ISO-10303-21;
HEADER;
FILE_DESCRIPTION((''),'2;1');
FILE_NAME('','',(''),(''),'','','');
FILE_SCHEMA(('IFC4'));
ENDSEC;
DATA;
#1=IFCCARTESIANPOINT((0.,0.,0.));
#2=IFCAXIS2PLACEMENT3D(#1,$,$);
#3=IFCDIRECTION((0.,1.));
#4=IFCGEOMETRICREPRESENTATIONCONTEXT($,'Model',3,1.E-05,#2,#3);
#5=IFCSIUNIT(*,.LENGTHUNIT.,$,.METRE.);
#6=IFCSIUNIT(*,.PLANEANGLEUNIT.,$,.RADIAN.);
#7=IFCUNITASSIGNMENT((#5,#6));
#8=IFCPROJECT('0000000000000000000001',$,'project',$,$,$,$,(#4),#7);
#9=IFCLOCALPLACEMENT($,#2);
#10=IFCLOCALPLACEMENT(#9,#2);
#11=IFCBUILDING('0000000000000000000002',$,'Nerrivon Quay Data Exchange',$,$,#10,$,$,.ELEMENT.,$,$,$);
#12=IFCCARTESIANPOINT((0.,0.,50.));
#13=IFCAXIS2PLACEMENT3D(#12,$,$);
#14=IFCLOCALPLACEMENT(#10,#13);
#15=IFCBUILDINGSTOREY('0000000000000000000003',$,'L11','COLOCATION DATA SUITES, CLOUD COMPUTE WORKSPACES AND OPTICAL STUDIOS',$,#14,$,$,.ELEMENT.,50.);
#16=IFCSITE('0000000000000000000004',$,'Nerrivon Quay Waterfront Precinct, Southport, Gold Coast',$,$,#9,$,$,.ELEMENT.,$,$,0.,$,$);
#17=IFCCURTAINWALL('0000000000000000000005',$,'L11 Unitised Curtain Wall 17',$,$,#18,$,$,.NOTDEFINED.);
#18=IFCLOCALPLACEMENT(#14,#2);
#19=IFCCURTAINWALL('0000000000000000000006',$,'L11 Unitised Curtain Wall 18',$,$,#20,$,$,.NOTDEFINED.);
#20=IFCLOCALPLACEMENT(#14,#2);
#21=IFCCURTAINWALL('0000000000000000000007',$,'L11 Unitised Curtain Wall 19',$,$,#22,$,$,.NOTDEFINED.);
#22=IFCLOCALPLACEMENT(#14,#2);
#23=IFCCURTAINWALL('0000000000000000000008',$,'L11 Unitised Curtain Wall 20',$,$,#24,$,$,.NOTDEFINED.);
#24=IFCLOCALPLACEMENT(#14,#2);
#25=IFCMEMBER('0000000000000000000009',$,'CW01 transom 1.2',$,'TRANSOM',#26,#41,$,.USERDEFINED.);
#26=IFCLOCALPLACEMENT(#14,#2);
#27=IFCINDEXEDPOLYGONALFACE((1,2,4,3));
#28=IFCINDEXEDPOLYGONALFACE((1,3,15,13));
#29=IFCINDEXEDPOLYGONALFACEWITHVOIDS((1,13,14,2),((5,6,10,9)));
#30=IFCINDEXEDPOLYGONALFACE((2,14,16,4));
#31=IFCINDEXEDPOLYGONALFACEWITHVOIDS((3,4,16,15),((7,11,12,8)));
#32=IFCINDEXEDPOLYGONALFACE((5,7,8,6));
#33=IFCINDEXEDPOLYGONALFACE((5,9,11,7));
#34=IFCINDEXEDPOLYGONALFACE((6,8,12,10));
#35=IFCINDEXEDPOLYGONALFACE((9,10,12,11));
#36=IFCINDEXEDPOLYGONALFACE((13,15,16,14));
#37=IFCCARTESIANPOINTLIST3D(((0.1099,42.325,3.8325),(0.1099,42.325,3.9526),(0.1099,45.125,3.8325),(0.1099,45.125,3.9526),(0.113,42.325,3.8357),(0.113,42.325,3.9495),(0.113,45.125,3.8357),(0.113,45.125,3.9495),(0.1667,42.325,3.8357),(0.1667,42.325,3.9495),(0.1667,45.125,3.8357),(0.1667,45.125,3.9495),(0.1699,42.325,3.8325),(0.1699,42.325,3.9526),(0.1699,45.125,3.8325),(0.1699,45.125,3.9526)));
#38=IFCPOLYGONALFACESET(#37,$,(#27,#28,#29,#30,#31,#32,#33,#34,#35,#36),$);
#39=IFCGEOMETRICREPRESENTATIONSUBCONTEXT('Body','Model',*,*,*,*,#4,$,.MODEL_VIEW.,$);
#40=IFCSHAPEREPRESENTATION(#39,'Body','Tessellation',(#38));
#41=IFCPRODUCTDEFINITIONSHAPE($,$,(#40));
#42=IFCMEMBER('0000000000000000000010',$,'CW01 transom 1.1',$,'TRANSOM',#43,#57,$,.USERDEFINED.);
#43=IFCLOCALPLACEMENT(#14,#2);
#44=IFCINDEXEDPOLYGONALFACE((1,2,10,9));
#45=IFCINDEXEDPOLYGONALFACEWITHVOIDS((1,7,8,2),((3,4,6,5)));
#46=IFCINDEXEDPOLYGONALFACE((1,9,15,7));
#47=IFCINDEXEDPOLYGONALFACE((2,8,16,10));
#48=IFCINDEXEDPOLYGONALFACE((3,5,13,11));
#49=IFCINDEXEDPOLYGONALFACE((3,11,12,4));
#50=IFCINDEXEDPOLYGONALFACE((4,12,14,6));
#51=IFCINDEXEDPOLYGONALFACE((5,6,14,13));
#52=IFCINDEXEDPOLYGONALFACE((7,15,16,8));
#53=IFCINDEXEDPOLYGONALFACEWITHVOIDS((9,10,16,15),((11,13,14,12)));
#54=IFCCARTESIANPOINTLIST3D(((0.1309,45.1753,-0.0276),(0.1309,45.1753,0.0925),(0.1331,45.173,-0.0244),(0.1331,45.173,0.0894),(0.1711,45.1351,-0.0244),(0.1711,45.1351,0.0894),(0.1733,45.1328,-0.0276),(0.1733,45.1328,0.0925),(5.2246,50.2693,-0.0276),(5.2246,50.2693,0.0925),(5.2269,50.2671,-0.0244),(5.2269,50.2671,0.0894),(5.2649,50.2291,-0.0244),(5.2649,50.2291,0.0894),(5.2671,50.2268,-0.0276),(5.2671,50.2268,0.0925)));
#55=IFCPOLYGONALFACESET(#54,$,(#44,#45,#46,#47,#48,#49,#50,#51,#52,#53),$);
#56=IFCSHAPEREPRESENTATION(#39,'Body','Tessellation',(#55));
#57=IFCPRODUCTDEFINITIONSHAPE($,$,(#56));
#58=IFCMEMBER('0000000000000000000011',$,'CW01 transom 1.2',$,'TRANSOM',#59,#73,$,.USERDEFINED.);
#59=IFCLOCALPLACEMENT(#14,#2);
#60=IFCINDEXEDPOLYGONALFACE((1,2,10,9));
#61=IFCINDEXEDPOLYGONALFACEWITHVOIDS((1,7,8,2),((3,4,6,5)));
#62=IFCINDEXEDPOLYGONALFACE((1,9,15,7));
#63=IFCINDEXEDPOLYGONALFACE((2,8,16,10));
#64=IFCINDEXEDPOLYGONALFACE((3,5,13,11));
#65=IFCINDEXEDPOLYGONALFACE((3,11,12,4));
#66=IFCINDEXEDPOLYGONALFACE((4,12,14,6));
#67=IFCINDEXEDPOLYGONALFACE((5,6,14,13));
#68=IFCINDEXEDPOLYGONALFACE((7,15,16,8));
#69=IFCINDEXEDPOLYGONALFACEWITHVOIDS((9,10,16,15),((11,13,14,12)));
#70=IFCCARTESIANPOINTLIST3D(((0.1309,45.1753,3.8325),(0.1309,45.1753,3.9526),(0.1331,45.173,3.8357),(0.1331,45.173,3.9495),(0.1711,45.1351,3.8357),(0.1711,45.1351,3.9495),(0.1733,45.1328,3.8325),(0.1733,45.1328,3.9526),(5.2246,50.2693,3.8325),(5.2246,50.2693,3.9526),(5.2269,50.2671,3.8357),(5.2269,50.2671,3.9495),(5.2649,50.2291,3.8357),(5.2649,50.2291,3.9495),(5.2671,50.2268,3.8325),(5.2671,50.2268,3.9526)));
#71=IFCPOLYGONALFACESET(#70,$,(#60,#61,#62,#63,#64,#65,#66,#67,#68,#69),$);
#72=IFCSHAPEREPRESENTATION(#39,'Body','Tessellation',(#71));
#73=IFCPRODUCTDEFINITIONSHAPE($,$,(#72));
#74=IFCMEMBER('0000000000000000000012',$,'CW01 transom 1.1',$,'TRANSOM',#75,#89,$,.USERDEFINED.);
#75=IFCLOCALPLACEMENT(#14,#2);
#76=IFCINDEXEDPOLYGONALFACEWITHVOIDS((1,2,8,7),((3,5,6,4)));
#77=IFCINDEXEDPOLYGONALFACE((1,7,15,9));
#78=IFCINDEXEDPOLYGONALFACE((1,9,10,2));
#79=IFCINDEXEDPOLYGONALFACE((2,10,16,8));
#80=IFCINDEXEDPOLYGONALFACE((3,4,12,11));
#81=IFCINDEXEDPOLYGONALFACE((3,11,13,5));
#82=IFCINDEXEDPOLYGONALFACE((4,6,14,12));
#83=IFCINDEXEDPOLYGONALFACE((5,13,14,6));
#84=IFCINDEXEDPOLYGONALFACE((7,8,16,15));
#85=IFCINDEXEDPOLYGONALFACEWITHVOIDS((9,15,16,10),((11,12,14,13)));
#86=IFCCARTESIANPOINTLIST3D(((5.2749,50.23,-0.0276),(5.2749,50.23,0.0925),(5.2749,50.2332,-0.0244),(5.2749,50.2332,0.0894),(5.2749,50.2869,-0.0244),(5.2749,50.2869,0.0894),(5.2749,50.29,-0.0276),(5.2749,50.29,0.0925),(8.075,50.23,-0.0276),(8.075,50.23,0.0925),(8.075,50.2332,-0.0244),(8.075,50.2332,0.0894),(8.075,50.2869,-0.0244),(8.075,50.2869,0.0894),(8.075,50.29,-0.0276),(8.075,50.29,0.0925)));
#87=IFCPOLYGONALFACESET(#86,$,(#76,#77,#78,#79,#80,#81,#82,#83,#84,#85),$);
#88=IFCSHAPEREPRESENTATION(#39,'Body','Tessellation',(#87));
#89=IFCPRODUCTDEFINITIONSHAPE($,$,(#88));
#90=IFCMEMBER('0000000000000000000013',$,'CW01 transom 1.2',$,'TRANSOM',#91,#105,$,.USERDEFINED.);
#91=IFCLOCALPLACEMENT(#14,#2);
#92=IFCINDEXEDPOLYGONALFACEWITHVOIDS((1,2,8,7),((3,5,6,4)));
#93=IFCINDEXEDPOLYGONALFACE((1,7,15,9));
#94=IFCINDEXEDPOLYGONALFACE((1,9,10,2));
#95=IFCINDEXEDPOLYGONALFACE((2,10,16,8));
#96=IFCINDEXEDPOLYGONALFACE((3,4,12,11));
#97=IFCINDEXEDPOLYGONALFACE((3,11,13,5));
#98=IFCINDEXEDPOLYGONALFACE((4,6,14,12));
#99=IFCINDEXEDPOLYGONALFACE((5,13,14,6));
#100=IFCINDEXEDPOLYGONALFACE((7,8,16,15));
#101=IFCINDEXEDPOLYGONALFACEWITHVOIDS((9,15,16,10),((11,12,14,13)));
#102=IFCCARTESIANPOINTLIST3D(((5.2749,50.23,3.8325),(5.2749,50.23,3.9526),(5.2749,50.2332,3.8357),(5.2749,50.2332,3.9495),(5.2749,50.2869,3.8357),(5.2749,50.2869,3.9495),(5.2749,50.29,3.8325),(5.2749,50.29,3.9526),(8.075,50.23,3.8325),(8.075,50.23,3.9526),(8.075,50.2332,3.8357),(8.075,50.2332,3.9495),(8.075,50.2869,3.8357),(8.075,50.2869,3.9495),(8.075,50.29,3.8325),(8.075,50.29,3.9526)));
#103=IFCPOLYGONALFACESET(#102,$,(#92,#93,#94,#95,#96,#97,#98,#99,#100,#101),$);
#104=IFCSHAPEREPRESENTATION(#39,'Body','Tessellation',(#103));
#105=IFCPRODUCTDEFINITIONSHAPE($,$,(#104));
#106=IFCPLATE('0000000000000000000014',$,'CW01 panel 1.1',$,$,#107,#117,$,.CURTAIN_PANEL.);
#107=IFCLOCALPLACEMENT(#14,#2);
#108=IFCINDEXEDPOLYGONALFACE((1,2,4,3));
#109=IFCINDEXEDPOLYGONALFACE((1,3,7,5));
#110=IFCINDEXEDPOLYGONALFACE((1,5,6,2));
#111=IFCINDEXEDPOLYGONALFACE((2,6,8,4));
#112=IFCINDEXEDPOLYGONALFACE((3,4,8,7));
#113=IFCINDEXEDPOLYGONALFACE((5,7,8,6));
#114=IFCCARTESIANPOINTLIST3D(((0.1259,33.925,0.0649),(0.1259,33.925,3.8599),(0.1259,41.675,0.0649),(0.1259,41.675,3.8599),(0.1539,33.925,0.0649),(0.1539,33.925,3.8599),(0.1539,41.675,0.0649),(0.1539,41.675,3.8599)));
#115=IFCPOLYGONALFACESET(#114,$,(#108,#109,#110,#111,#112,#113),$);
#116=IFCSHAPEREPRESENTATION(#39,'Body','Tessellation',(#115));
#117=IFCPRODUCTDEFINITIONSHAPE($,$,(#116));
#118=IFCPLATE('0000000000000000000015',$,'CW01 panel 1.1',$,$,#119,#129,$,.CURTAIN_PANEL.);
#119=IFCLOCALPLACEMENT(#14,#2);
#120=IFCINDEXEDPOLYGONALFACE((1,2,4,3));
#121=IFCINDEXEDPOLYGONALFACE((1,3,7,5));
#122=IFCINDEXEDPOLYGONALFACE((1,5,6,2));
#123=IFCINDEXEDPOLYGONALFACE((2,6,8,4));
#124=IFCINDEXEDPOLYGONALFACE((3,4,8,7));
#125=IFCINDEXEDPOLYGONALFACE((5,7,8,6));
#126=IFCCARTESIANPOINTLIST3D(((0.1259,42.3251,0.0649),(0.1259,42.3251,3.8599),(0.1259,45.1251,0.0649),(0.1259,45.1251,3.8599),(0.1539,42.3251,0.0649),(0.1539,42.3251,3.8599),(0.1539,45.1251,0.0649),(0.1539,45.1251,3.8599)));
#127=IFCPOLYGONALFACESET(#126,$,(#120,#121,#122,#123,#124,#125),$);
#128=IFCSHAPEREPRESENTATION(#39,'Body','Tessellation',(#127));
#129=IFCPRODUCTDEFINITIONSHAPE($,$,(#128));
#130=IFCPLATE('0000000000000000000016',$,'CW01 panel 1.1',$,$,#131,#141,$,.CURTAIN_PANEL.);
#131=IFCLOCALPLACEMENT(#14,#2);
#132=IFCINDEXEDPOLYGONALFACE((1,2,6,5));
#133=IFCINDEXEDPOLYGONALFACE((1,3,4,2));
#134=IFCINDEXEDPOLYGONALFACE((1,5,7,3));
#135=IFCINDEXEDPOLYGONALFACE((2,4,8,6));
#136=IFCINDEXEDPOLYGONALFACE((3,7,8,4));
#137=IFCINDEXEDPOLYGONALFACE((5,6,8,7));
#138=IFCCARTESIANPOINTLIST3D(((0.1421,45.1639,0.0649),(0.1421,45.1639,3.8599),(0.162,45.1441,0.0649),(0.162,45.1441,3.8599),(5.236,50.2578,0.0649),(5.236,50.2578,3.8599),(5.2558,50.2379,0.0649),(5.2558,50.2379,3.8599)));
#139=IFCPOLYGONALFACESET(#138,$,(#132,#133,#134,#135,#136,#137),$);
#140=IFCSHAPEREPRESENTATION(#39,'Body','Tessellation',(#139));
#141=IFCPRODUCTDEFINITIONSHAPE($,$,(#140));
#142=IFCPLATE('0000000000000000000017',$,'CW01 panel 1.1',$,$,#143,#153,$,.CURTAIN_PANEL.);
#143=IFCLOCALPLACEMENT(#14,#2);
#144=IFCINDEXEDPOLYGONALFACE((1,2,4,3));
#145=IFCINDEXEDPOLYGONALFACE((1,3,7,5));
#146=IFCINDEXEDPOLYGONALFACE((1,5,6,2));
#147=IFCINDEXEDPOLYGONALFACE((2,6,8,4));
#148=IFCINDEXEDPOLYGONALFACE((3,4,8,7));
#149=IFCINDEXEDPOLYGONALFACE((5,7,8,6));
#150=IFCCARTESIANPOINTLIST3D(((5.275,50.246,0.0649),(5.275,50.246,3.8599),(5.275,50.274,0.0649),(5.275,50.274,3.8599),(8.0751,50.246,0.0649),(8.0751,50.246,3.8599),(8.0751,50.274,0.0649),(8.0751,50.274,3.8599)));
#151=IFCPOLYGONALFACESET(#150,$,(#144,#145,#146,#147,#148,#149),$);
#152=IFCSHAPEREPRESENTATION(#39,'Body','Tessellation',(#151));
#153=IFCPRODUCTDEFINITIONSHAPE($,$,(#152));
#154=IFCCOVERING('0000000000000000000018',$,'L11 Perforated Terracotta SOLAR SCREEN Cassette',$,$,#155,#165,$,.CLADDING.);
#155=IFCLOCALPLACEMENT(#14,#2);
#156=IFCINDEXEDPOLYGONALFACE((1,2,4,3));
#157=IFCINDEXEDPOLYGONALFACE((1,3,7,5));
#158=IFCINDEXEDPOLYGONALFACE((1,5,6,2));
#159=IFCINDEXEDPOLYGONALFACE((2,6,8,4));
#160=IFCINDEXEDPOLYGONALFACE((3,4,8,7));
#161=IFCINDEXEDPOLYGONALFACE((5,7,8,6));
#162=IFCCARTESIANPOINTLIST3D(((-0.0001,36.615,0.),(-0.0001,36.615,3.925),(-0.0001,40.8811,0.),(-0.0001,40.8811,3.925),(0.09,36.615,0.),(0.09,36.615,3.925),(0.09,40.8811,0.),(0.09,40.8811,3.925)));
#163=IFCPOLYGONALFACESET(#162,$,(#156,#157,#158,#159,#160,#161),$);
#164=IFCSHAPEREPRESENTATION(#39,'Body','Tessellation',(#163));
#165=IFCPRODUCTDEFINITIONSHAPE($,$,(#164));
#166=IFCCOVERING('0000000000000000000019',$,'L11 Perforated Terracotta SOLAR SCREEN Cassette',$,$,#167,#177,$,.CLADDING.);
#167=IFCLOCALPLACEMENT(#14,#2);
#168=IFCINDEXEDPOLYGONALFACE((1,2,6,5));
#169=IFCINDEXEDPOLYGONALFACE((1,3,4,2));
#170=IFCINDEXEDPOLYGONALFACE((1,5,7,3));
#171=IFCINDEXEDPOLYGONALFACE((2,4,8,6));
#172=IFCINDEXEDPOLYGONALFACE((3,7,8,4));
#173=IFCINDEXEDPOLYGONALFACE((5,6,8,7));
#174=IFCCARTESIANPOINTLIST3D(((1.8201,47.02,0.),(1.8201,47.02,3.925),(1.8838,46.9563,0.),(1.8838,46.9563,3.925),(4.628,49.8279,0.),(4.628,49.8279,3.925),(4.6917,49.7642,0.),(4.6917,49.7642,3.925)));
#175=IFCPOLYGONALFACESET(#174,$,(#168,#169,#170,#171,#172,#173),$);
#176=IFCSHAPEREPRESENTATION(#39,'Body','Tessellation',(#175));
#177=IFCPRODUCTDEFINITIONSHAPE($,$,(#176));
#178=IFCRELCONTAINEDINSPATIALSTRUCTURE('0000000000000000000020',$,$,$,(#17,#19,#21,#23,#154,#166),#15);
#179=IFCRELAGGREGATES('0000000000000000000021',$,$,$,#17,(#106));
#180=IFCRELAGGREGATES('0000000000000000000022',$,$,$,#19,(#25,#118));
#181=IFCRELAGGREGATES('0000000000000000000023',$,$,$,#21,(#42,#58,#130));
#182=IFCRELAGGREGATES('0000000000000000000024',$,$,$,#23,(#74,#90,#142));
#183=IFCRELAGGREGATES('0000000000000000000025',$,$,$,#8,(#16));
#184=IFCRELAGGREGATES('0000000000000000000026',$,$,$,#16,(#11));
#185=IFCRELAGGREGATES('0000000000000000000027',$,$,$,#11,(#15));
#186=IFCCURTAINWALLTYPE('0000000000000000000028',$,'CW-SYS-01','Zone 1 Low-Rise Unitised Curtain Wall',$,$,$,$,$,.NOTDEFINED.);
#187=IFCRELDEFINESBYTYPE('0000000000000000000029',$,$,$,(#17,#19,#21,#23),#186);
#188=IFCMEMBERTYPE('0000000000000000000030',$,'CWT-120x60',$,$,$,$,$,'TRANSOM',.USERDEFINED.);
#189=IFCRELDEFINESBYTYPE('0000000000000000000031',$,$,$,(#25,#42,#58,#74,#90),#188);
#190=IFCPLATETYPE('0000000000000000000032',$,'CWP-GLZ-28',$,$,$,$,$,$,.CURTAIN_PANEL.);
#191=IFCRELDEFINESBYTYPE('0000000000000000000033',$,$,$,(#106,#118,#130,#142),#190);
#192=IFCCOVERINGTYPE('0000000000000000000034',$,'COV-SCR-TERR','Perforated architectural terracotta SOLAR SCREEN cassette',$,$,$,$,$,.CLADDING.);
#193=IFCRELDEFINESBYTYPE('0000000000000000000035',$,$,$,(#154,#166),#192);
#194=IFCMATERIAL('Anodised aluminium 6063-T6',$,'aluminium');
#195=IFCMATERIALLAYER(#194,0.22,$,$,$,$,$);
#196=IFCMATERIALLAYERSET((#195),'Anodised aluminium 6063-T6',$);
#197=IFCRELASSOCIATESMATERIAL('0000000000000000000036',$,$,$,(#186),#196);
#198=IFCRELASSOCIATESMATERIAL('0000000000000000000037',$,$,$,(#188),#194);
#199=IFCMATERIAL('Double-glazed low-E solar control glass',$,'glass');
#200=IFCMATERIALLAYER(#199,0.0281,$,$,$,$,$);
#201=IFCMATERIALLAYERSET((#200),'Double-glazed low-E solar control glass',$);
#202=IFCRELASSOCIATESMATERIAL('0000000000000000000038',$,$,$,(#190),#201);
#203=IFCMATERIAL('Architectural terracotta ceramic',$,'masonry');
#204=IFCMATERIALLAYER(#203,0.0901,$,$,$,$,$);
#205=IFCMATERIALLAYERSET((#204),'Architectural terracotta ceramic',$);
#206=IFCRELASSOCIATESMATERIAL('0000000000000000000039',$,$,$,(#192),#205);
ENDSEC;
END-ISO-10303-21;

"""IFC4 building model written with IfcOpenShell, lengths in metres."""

from ifc_helpers import new_model, si_unit, direction, frame, origin, origin_2d, place, context, subcontext, project, spatial, rectangle, hollow_rectangle, extrude, material, layer, layer_set, material_profile, profile_set, type_object, element, aggregate, save


model = new_model("IFC4")

# Units and contexts
model_context = context("Model", 3, precision=1e-05, world=origin(), true_north=direction((0.0, 1.0)))
body_context = subcontext(model_context, "Body", "Model", "MODEL_VIEW")
ifc_project = project(units=[si_unit("LENGTHUNIT", "METRE"), si_unit("PLANEANGLEUNIT", "RADIAN")], contexts=[model_context])

# Site, building, storey
site_placement = place(None, origin())
site = spatial("IfcSite", under=ifc_project, at=site_placement, Name="Nerrivon Quay Waterfront Precinct, Southport, Gold Coast", CompositionType="ELEMENT", RefElevation=0.0)
building_placement = place(site_placement, origin())
building = spatial("IfcBuilding", under=site, at=building_placement, Name="Nerrivon Quay Data Exchange", CompositionType="ELEMENT")
storey_placement = place(building_placement, frame((0.0, 0.0, 50.0)))
storey = spatial("IfcBuildingStorey", under=building, at=storey_placement, Name="L11", Description="COLOCATION DATA SUITES, CLOUD COMPUTE WORKSPACES AND OPTICAL STUDIOS", CompositionType="ELEMENT", Elevation=50.0)

# Curtain wall
ifc_material_1 = material(Name="Anodised aluminium 6063-T6", Category="aluminium")
ifc_layer_1 = layer(ifc_material_1, 0.22)
ifc_layer_set_1 = layer_set([ifc_layer_1], Name="Anodised aluminium 6063-T6")
curtain_wall_type = type_object("IfcCurtainWallType", Name="CW-SYS-01", Description="Zone 1 Low-Rise Unitised Curtain Wall", PredefinedType="NOTDEFINED", material=ifc_layer_set_1)
curtain_wall_1_placement = place(storey_placement, origin())
curtain_wall_1 = element("IfcCurtainWall", 1, at=curtain_wall_1_placement, inside=storey, type_object=curtain_wall_type, Name="L11 Unitised Curtain Wall 17", PredefinedType="NOTDEFINED")

# Curtain walls
curtain_wall_2_placement = place(storey_placement, origin())
curtain_wall_2 = element("IfcCurtainWall", 2, at=curtain_wall_2_placement, inside=storey, type_object=curtain_wall_type, Name="L11 Unitised Curtain Wall 18", PredefinedType="NOTDEFINED")
curtain_wall_3_placement = place(storey_placement, origin())
curtain_wall_3 = element("IfcCurtainWall", 3, at=curtain_wall_3_placement, inside=storey, type_object=curtain_wall_type, Name="L11 Unitised Curtain Wall 19", PredefinedType="NOTDEFINED")
curtain_wall_4_placement = place(storey_placement, origin())
curtain_wall_4 = element("IfcCurtainWall", 4, at=curtain_wall_4_placement, inside=storey, type_object=curtain_wall_type, Name="L11 Unitised Curtain Wall 20", PredefinedType="NOTDEFINED")

# Members
ifc_material_profile_1 = material_profile(ifc_material_1, hollow_rectangle(XDim=0.0601, YDim=0.1201, WallThickness=0.0032, at=origin_2d()), Name="ALU-TRAN-120x60")
ifc_profile_set_1 = profile_set([ifc_material_profile_1], Name="Anodised aluminium 6063-T6")
member_type_1 = type_object("IfcMemberType", Name="CWT-120x60", ElementType="TRANSOM", PredefinedType="USERDEFINED", material=ifc_profile_set_1)
member_1_placement = place(storey_placement, frame((0.1399, 42.325, 3.8926), z_axis=(0.0, 1.0, 0.0), x_axis=(-1.0, 0.0, 0.0)))
member_1 = element("IfcMember", 5, at=member_1_placement, type_object=member_type_1, Name="CW01 transom 1.2", ObjectType="TRANSOM", PredefinedType="USERDEFINED", context=body_context, shape_type="SweptSolid", body=[
    extrude(hollow_rectangle(XDim=0.0601, YDim=0.1201, WallThickness=0.0032, at=origin_2d()), origin(), (0.0, 0.0, 1.0), 2.8),
])
member_2_placement = place(storey_placement, frame((0.1521, 45.1541, 0.0325), z_axis=(0.70709, 0.707124, 0.0), x_axis=(-0.707124, 0.70709, 0.0)))
member_2 = element("IfcMember", 6, at=member_2_placement, type_object=member_type_1, Name="CW01 transom 1.1", ObjectType="TRANSOM", PredefinedType="USERDEFINED", context=body_context, shape_type="SweptSolid", body=[
    extrude(hollow_rectangle(XDim=0.0601, YDim=0.1201, WallThickness=0.0032, at=origin_2d()), origin(), (0.0, 0.0, 1.0), 7.2039),
])
member_3_placement = place(storey_placement, frame((0.1521, 45.1541, 3.8926), z_axis=(0.70709, 0.707124, 0.0), x_axis=(-0.707124, 0.70709, 0.0)))
member_3 = element("IfcMember", 7, at=member_3_placement, type_object=member_type_1, Name="CW01 transom 1.2", ObjectType="TRANSOM", PredefinedType="USERDEFINED", context=body_context, shape_type="SweptSolid", body=[
    extrude(hollow_rectangle(XDim=0.0601, YDim=0.1201, WallThickness=0.0032, at=origin_2d()), origin(), (0.0, 0.0, 1.0), 7.2039),
])
member_4_placement = place(storey_placement, frame((5.2749, 50.26, 0.0325), z_axis=(1.0, 0.0, 0.0), x_axis=(0.0, 1.0, 0.0)))
member_4 = element("IfcMember", 8, at=member_4_placement, type_object=member_type_1, Name="CW01 transom 1.1", ObjectType="TRANSOM", PredefinedType="USERDEFINED", context=body_context, shape_type="SweptSolid", body=[
    extrude(hollow_rectangle(XDim=0.0601, YDim=0.1201, WallThickness=0.0032, at=origin_2d()), origin(), (0.0, 0.0, 1.0), 2.8),
])
member_5_placement = place(storey_placement, frame((5.2749, 50.26, 3.8926), z_axis=(1.0, 0.0, 0.0), x_axis=(0.0, 1.0, 0.0)))
member_5 = element("IfcMember", 9, at=member_5_placement, type_object=member_type_1, Name="CW01 transom 1.2", ObjectType="TRANSOM", PredefinedType="USERDEFINED", context=body_context, shape_type="SweptSolid", body=[
    extrude(hollow_rectangle(XDim=0.0601, YDim=0.1201, WallThickness=0.0032, at=origin_2d()), origin(), (0.0, 0.0, 1.0), 2.8),
])

# Plates
ifc_material_2 = material(Name="Double-glazed low-E solar control glass", Category="glass")
ifc_layer_2 = layer(ifc_material_2, 0.0281)
ifc_layer_set_2 = layer_set([ifc_layer_2], Name="Double-glazed low-E solar control glass")
plate_type = type_object("IfcPlateType", Name="CWP-GLZ-28", PredefinedType="CURTAIN_PANEL", material=ifc_layer_set_2)
plate_1_placement = place(storey_placement, frame((0.1399, 37.8, 0.0649), z_axis=(0.0, 0.0, 1.0), x_axis=(0.0, 1.0, 0.0)))
plate_1 = element("IfcPlate", 10, at=plate_1_placement, type_object=plate_type, Name="CW01 panel 1.1", PredefinedType="CURTAIN_PANEL", context=body_context, shape_type="SweptSolid", body=[
    extrude(rectangle(XDim=7.75, YDim=0.0281, at=origin_2d()), origin(), (0.0, 0.0, 1.0), 3.7949),
])
aggregate(curtain_wall_1, [plate_1])
plate_2_placement = place(storey_placement, frame((0.1399, 43.7251, 0.0649), z_axis=(0.0, 0.0, 1.0), x_axis=(0.0, 1.0, 0.0)))
plate_2 = element("IfcPlate", 11, at=plate_2_placement, type_object=plate_type, Name="CW01 panel 1.1", PredefinedType="CURTAIN_PANEL", context=body_context, shape_type="SweptSolid", body=[
    extrude(rectangle(XDim=2.8, YDim=0.0281, at=origin_2d()), origin(), (0.0, 0.0, 1.0), 3.7949),
])
aggregate(curtain_wall_2, [member_1, plate_2])
plate_3_placement = place(storey_placement, frame((2.699, 47.7009, 0.0649), z_axis=(0.0, 0.0, 1.0), x_axis=(0.707107, 0.707107, 0.0)))
plate_3 = element("IfcPlate", 12, at=plate_3_placement, type_object=plate_type, Name="CW01 panel 1.1", PredefinedType="CURTAIN_PANEL", context=body_context, shape_type="SweptSolid", body=[
    extrude(rectangle(XDim=7.2039, YDim=0.0281, at=origin_2d()), origin(), (0.0, 0.0, 1.0), 3.7949),
])
aggregate(curtain_wall_3, [member_2, member_3, plate_3])
plate_4_placement = place(storey_placement, frame((6.675, 50.26, 0.0649), z_axis=(0.0, 0.0, 1.0), x_axis=(1.0, 0.0, 0.0)))
plate_4 = element("IfcPlate", 13, at=plate_4_placement, type_object=plate_type, Name="CW01 panel 1.1", PredefinedType="CURTAIN_PANEL", context=body_context, shape_type="SweptSolid", body=[
    extrude(rectangle(XDim=2.8, YDim=0.0281, at=origin_2d()), origin(), (0.0, 0.0, 1.0), 3.7949),
])
aggregate(curtain_wall_4, [member_4, member_5, plate_4])

# Coverings
ifc_material_3 = material(Name="Architectural terracotta ceramic", Category="masonry")
ifc_layer_3 = layer(ifc_material_3, 0.0901)
ifc_layer_set_3 = layer_set([ifc_layer_3], Name="Architectural terracotta ceramic")
covering_type = type_object("IfcCoveringType", Name="COV-SCR-TERR", Description="Perforated architectural terracotta SOLAR SCREEN cassette", PredefinedType="CLADDING", material=ifc_layer_set_3)
covering_1_placement = place(storey_placement, frame((0.0449, 38.748, 0.0), z_axis=(0.0, 0.0, 1.0), x_axis=(0.0, 1.0, 0.0)))
element("IfcCovering", 14, at=covering_1_placement, inside=storey, type_object=covering_type, Name="L11 Perforated Terracotta SOLAR SCREEN Cassette", PredefinedType="CLADDING", context=body_context, shape_type="SweptSolid", body=[
    extrude(rectangle(XDim=4.2661, YDim=0.0901, at=origin_2d()), origin(), (0.0, 0.0, 1.0), 3.925),
])
covering_2_placement = place(storey_placement, frame((3.2559, 48.3921, 0.0), z_axis=(0.0, 0.0, 1.0), x_axis=(0.707107, 0.707107, 0.0)))
element("IfcCovering", 15, at=covering_2_placement, inside=storey, type_object=covering_type, Name="L11 Perforated Terracotta SOLAR SCREEN Cassette", PredefinedType="CLADDING", context=body_context, shape_type="SweptSolid", body=[
    extrude(rectangle(XDim=3.9709, YDim=0.0901, at=origin_2d()), origin(), (0.0, 0.0, 1.0), 3.925),
])

save(model, "model.ifc")
